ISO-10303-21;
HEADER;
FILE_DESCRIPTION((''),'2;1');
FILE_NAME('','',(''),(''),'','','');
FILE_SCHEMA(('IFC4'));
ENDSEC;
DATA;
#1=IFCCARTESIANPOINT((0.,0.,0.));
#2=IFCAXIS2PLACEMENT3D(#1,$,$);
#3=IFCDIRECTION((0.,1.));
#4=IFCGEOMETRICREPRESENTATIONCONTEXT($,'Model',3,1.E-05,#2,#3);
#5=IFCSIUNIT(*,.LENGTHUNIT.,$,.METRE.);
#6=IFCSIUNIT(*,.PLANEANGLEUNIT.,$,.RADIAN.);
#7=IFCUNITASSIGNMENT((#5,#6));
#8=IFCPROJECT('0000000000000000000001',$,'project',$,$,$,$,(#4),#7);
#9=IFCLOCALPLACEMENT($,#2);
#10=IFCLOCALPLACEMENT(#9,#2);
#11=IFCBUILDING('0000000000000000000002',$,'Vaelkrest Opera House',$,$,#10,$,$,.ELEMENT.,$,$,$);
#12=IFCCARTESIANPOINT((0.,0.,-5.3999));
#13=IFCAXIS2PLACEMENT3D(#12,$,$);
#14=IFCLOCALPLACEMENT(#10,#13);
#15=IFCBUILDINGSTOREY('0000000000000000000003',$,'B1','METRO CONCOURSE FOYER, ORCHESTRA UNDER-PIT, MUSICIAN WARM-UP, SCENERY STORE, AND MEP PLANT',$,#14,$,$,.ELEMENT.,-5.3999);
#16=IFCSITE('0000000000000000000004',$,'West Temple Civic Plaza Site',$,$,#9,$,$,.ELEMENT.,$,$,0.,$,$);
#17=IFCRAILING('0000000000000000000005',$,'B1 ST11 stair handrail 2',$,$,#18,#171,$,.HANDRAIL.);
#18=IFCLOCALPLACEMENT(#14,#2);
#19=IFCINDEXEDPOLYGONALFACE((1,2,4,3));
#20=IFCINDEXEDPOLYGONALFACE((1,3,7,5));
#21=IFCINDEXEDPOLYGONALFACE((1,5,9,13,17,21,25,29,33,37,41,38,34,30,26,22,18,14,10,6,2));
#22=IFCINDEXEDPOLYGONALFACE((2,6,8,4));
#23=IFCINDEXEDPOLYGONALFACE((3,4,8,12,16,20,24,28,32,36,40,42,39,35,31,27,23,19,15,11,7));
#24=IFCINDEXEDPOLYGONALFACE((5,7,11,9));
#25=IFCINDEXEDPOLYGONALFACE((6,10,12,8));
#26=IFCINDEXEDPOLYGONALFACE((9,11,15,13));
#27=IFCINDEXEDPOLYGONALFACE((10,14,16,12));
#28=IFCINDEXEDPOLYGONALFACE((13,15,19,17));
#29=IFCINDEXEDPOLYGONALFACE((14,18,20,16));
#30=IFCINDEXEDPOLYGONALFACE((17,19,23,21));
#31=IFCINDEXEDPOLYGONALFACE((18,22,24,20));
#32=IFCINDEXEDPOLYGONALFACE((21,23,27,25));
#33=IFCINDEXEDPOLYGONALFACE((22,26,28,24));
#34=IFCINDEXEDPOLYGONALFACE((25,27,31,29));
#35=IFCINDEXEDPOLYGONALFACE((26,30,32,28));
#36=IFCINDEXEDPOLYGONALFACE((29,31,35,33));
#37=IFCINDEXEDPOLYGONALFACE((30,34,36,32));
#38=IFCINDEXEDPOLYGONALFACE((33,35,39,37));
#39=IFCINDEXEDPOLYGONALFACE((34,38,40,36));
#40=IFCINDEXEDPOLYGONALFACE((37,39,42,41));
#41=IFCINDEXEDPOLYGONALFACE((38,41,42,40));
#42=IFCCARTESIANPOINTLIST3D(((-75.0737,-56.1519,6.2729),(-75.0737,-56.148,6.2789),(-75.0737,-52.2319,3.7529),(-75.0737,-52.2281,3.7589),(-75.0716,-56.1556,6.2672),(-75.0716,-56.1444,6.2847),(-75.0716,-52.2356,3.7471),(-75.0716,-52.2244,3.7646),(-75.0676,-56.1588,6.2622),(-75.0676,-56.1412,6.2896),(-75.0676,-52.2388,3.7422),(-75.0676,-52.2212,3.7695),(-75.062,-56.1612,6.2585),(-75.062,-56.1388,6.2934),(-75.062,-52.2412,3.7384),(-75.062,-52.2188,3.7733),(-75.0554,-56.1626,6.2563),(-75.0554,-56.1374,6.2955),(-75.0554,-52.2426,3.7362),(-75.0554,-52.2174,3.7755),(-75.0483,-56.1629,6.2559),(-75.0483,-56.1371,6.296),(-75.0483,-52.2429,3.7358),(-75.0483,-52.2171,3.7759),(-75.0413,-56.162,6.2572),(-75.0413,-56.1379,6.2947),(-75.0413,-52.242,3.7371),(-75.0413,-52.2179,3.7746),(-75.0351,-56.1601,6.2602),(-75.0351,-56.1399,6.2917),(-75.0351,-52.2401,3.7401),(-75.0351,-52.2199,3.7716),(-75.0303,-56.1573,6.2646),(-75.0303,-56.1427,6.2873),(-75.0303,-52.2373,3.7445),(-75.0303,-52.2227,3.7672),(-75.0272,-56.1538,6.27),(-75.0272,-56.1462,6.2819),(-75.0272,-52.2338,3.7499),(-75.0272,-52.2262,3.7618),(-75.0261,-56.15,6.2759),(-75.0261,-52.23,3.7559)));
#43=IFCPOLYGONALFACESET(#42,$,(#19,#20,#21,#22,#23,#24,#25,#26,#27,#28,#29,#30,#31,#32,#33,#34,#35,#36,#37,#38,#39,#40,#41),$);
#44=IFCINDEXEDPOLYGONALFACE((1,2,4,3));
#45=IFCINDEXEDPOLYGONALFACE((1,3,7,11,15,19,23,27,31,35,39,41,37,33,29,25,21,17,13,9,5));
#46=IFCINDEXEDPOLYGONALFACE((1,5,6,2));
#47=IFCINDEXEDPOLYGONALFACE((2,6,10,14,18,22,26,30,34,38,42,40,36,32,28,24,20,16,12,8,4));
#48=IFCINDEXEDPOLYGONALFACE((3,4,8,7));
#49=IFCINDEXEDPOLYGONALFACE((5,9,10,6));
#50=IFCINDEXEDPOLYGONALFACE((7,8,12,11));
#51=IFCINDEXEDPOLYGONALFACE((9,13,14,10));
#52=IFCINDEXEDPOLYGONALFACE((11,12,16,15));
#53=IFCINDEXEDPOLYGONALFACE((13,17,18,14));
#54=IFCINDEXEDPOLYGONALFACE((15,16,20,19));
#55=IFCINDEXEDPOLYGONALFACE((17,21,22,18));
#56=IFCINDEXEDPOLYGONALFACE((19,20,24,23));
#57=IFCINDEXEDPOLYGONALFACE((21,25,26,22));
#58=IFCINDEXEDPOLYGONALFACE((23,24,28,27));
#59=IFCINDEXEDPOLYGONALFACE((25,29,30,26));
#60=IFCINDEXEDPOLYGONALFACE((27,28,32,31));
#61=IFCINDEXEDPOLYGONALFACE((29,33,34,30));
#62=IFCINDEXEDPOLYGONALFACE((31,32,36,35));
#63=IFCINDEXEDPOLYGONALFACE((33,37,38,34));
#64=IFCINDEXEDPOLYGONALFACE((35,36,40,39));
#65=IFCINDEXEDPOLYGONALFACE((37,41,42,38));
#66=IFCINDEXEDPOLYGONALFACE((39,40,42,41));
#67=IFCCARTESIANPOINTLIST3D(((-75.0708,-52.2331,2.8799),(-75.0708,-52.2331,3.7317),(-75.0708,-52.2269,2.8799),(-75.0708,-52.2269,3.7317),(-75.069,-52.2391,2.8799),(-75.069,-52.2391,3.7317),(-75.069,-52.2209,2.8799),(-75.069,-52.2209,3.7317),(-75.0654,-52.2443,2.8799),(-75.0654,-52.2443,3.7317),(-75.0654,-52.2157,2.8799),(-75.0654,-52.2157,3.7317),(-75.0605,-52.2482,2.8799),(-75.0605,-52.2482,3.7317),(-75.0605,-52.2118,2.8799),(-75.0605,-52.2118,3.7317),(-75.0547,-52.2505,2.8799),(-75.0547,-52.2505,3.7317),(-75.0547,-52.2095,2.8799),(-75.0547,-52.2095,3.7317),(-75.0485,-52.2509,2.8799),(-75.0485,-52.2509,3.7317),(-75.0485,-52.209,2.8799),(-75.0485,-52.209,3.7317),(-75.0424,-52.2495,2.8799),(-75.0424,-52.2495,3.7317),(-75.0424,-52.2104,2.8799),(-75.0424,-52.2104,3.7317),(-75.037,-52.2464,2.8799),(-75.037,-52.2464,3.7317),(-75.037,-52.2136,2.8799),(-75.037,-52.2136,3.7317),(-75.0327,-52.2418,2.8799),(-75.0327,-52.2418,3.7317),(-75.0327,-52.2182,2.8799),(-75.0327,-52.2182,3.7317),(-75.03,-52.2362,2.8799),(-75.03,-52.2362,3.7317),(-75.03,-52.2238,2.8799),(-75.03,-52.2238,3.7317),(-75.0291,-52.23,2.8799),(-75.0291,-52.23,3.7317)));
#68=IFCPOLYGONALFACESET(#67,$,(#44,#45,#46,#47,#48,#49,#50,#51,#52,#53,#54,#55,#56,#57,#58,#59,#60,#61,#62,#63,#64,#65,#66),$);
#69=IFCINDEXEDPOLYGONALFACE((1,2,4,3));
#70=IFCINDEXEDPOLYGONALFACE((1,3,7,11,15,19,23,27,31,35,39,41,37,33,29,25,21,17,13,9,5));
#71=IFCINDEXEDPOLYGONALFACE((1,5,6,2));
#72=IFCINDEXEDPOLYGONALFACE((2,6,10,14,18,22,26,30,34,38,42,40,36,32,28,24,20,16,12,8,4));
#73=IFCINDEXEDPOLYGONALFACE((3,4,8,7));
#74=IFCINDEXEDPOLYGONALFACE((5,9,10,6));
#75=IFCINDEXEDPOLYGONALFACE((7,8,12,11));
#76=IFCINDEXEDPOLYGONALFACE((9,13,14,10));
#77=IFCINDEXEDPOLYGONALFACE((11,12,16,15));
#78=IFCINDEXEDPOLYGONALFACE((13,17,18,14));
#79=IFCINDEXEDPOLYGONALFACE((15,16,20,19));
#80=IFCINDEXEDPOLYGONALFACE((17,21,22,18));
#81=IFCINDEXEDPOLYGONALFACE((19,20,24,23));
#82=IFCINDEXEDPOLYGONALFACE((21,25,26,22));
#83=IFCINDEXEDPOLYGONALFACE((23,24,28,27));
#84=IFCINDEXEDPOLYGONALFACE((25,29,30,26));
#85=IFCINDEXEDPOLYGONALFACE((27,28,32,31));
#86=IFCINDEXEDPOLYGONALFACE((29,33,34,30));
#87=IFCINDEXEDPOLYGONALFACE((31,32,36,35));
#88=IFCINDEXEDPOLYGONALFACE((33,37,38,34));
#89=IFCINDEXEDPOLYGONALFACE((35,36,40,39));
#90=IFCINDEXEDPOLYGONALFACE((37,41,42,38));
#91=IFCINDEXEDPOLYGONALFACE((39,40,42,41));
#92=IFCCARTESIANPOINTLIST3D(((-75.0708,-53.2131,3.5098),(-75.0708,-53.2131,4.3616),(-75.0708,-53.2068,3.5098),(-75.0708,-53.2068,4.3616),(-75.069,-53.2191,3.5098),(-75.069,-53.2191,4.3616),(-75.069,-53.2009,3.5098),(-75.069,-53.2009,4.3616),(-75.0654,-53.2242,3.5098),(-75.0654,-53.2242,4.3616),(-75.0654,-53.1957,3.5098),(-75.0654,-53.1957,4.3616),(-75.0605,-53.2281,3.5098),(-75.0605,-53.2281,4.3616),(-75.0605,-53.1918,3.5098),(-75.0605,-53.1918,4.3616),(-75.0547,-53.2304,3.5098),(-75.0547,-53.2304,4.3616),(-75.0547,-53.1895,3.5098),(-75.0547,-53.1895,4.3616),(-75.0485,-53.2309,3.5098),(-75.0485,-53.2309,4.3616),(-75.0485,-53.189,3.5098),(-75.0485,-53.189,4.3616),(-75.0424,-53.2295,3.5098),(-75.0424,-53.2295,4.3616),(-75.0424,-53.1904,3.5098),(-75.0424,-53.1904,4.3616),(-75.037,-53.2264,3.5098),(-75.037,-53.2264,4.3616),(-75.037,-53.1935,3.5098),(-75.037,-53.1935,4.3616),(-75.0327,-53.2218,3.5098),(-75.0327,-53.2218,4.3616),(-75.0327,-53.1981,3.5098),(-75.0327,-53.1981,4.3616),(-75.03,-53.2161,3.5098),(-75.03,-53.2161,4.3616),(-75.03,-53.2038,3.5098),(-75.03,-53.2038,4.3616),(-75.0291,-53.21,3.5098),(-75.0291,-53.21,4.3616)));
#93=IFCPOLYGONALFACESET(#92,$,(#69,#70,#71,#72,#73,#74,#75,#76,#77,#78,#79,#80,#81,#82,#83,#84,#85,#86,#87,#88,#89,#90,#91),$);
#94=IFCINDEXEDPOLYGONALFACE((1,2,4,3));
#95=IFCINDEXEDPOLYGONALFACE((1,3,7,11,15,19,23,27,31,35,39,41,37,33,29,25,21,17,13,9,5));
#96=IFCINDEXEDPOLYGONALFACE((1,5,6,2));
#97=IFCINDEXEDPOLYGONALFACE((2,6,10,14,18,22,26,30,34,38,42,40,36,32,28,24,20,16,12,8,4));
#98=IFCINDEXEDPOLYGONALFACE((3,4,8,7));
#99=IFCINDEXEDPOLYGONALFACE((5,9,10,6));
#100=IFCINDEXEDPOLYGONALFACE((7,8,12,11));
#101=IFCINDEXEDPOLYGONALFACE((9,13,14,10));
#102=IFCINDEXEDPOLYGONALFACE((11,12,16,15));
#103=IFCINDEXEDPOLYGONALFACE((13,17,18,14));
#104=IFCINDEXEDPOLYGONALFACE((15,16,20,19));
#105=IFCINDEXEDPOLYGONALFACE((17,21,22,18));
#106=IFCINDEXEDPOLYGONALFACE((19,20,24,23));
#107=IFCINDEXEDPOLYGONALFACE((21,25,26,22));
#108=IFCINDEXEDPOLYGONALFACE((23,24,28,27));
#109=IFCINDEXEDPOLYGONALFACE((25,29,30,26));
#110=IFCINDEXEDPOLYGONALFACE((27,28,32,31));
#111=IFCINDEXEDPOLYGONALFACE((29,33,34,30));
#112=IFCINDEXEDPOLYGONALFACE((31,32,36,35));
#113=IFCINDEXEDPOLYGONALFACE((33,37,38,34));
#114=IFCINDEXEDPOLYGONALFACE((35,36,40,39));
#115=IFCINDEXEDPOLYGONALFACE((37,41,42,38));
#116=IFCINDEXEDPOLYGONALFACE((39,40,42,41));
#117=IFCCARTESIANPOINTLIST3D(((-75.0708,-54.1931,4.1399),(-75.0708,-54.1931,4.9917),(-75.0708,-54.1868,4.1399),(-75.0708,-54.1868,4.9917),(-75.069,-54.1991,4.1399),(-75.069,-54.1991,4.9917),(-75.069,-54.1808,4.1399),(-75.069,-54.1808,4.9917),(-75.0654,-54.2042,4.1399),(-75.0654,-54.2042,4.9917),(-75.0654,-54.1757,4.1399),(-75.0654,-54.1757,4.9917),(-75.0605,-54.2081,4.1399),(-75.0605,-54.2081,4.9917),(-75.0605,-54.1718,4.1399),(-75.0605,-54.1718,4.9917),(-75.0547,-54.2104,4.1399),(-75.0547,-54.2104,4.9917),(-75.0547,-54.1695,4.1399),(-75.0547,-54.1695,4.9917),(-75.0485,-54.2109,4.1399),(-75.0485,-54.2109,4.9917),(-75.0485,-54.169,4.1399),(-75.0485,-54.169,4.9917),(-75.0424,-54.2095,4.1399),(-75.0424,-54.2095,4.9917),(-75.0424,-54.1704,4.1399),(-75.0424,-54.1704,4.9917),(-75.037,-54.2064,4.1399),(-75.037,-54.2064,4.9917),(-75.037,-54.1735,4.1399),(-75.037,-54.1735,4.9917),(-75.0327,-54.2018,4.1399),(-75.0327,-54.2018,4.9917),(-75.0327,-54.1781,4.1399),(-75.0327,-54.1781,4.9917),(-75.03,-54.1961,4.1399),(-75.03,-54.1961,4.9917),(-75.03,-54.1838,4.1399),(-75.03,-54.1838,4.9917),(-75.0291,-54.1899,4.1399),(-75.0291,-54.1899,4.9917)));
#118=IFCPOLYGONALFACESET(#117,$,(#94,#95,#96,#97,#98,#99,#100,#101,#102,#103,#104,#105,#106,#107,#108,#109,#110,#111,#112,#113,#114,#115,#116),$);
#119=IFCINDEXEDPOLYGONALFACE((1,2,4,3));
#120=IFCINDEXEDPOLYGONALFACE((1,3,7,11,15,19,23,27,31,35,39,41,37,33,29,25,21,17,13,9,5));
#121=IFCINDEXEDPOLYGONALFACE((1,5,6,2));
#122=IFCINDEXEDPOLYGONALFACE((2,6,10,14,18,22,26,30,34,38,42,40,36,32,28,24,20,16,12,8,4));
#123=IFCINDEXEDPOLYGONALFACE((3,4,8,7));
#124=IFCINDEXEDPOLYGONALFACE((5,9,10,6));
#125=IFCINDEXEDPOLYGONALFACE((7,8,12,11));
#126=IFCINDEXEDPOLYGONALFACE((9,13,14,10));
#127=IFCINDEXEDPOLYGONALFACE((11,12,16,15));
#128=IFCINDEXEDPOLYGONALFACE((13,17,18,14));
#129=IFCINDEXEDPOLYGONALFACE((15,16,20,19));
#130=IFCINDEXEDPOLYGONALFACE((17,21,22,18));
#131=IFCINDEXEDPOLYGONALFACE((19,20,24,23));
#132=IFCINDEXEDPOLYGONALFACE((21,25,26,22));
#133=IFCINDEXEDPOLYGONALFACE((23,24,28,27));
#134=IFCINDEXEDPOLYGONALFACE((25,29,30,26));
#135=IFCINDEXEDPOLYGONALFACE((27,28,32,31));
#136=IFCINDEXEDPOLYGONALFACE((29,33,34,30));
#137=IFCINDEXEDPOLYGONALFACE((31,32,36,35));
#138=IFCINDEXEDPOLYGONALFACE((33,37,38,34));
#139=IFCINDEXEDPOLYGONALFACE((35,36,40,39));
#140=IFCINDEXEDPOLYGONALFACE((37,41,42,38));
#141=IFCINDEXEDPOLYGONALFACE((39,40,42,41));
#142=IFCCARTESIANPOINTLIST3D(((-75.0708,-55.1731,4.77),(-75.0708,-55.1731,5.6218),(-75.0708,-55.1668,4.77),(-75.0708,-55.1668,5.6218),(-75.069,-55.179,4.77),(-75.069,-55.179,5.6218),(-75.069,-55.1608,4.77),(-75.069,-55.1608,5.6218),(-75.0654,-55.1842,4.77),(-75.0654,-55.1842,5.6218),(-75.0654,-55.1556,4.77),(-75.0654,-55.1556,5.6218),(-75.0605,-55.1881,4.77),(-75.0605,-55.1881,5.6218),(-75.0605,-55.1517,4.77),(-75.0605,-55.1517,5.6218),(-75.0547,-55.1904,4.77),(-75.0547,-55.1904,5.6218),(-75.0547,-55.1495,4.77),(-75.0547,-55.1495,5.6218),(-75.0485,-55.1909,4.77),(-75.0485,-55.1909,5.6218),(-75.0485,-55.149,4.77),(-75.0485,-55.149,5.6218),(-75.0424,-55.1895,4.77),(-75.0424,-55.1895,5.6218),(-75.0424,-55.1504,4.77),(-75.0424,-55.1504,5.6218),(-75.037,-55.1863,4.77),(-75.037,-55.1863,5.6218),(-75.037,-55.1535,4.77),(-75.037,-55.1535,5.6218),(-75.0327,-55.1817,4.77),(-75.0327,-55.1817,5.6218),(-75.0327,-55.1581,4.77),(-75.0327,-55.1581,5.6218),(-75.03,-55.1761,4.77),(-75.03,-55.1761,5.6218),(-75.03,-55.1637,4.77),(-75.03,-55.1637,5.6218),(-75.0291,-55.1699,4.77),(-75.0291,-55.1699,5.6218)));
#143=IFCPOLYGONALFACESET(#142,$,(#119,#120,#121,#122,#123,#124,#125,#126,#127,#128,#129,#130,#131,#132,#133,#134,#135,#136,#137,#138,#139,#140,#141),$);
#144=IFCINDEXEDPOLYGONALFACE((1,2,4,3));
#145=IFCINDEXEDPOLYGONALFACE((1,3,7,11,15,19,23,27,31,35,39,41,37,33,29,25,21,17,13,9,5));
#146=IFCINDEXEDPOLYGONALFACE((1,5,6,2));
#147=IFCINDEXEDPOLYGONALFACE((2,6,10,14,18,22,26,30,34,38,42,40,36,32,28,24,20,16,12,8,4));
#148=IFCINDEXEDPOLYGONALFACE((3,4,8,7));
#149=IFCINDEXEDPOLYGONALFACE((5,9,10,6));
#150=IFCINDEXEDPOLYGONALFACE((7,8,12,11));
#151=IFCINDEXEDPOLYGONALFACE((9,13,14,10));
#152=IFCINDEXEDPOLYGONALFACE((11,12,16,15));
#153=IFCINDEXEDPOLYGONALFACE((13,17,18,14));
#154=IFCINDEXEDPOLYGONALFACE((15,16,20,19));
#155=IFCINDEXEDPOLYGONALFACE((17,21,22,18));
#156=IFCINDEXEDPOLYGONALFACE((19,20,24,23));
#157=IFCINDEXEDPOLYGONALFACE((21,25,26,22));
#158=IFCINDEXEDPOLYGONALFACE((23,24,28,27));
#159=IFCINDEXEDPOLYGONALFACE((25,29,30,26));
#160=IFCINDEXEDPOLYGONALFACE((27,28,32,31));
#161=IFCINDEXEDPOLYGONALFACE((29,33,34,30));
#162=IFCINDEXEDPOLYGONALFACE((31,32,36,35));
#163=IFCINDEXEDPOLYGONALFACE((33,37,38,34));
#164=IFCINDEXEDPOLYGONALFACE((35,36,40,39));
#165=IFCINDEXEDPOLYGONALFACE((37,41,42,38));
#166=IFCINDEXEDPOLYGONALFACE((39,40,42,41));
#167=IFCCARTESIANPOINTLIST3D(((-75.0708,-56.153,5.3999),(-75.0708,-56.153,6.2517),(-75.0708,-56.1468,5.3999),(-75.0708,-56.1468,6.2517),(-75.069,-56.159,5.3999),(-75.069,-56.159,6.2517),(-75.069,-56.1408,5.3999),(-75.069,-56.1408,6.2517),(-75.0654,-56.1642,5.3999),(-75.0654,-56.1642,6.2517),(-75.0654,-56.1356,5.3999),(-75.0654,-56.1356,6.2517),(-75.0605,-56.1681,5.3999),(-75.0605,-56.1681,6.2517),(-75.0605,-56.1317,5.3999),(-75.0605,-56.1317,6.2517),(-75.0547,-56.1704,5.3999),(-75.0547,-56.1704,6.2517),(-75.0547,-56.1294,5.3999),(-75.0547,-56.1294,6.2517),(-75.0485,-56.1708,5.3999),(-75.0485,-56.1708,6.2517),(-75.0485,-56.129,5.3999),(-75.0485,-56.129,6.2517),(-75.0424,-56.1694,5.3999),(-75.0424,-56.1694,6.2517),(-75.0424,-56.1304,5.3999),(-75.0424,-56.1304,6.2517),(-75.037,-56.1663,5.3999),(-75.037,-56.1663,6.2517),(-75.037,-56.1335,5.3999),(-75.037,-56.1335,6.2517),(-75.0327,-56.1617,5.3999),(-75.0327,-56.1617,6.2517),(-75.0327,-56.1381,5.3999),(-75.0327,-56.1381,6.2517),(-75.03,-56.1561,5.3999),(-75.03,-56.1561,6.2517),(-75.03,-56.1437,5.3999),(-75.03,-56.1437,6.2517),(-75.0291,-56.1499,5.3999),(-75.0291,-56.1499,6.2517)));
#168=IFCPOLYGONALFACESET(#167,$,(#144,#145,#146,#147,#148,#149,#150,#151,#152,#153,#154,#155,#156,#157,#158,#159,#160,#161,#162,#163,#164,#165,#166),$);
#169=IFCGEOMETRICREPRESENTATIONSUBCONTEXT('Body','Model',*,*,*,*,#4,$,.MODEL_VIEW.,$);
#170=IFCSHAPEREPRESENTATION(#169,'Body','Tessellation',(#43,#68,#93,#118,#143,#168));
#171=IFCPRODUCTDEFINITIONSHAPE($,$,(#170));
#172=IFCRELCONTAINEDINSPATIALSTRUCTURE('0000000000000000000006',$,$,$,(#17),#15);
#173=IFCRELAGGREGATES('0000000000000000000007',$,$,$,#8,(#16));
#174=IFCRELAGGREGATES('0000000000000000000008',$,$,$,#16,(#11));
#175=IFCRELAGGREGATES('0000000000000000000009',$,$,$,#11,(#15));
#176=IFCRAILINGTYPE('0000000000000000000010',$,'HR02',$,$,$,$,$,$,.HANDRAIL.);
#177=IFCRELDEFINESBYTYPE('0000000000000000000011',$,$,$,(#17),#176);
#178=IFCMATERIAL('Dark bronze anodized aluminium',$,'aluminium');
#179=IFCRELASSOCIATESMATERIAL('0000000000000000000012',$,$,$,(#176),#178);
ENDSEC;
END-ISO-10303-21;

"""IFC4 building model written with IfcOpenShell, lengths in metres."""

from ifc_helpers import new_model, si_unit, direction, frame, origin, origin_2d, place, context, subcontext, project, spatial, circle, extrude, material, type_object, element, save


model = new_model("IFC4")

# Units and contexts
model_context = context("Model", 3, precision=1e-05, world=origin(), true_north=direction((0.0, 1.0)))
body_context = subcontext(model_context, "Body", "Model", "MODEL_VIEW")
ifc_project = project(units=[si_unit("LENGTHUNIT", "METRE"), si_unit("PLANEANGLEUNIT", "RADIAN")], contexts=[model_context])

# Site, building, storey
site_placement = place(None, origin())
site = spatial("IfcSite", under=ifc_project, at=site_placement, Name="West Temple Civic Plaza Site", CompositionType="ELEMENT", RefElevation=0.0)
building_placement = place(site_placement, origin())
building = spatial("IfcBuilding", under=site, at=building_placement, Name="Vaelkrest Opera House", CompositionType="ELEMENT")
storey_placement = place(building_placement, frame((0.0, 0.0, -5.3999)))
storey = spatial("IfcBuildingStorey", under=building, at=storey_placement, Name="B1", Description="METRO CONCOURSE FOYER, ORCHESTRA UNDER-PIT, MUSICIAN WARM-UP, SCENERY STORE, AND MEP PLANT", CompositionType="ELEMENT", Elevation=-5.3999)

# Railing
ifc_material_1 = material(Name="Dark bronze anodized aluminium", Category="aluminium")
railing_type_1 = type_object("IfcRailingType", Name="HR02", PredefinedType="HANDRAIL", material=ifc_material_1)
railing_1_placement = place(storey_placement, frame((-75.05, -52.23, 2.8799)))
element("IfcRailing", 1, at=railing_1_placement, inside=storey, type_object=railing_type_1, Name="B1 ST11 stair handrail 2", PredefinedType="HANDRAIL", context=body_context, shape_type="SweptSolid", body=[
    extrude(circle(Radius=0.0239, at=origin_2d()), frame((0.0, 0.0, 0.876), z_axis=(0.0, -0.841172, 0.540768), x_axis=(1.0, 0.0, 0.0)), (0.0, 0.0, 1.0), 4.6602),
    extrude(circle(Radius=0.021, at=origin_2d()), origin(), (0.0, 0.0, 1.0), 0.8518),
    extrude(circle(Radius=0.021, at=origin_2d()), frame((0.0, -0.98, 0.6299)), (0.0, 0.0, 1.0), 0.8518),
    extrude(circle(Radius=0.021, at=origin_2d()), frame((0.0, -1.96, 1.26)), (0.0, 0.0, 1.0), 0.8518),
    extrude(circle(Radius=0.021, at=origin_2d()), frame((0.0, -2.9399, 1.8901)), (0.0, 0.0, 1.0), 0.8518),
    extrude(circle(Radius=0.021, at=origin_2d()), frame((0.0, -3.9199, 2.52)), (0.0, 0.0, 1.0), 0.8518),
])

save(model, "model.ifc")
